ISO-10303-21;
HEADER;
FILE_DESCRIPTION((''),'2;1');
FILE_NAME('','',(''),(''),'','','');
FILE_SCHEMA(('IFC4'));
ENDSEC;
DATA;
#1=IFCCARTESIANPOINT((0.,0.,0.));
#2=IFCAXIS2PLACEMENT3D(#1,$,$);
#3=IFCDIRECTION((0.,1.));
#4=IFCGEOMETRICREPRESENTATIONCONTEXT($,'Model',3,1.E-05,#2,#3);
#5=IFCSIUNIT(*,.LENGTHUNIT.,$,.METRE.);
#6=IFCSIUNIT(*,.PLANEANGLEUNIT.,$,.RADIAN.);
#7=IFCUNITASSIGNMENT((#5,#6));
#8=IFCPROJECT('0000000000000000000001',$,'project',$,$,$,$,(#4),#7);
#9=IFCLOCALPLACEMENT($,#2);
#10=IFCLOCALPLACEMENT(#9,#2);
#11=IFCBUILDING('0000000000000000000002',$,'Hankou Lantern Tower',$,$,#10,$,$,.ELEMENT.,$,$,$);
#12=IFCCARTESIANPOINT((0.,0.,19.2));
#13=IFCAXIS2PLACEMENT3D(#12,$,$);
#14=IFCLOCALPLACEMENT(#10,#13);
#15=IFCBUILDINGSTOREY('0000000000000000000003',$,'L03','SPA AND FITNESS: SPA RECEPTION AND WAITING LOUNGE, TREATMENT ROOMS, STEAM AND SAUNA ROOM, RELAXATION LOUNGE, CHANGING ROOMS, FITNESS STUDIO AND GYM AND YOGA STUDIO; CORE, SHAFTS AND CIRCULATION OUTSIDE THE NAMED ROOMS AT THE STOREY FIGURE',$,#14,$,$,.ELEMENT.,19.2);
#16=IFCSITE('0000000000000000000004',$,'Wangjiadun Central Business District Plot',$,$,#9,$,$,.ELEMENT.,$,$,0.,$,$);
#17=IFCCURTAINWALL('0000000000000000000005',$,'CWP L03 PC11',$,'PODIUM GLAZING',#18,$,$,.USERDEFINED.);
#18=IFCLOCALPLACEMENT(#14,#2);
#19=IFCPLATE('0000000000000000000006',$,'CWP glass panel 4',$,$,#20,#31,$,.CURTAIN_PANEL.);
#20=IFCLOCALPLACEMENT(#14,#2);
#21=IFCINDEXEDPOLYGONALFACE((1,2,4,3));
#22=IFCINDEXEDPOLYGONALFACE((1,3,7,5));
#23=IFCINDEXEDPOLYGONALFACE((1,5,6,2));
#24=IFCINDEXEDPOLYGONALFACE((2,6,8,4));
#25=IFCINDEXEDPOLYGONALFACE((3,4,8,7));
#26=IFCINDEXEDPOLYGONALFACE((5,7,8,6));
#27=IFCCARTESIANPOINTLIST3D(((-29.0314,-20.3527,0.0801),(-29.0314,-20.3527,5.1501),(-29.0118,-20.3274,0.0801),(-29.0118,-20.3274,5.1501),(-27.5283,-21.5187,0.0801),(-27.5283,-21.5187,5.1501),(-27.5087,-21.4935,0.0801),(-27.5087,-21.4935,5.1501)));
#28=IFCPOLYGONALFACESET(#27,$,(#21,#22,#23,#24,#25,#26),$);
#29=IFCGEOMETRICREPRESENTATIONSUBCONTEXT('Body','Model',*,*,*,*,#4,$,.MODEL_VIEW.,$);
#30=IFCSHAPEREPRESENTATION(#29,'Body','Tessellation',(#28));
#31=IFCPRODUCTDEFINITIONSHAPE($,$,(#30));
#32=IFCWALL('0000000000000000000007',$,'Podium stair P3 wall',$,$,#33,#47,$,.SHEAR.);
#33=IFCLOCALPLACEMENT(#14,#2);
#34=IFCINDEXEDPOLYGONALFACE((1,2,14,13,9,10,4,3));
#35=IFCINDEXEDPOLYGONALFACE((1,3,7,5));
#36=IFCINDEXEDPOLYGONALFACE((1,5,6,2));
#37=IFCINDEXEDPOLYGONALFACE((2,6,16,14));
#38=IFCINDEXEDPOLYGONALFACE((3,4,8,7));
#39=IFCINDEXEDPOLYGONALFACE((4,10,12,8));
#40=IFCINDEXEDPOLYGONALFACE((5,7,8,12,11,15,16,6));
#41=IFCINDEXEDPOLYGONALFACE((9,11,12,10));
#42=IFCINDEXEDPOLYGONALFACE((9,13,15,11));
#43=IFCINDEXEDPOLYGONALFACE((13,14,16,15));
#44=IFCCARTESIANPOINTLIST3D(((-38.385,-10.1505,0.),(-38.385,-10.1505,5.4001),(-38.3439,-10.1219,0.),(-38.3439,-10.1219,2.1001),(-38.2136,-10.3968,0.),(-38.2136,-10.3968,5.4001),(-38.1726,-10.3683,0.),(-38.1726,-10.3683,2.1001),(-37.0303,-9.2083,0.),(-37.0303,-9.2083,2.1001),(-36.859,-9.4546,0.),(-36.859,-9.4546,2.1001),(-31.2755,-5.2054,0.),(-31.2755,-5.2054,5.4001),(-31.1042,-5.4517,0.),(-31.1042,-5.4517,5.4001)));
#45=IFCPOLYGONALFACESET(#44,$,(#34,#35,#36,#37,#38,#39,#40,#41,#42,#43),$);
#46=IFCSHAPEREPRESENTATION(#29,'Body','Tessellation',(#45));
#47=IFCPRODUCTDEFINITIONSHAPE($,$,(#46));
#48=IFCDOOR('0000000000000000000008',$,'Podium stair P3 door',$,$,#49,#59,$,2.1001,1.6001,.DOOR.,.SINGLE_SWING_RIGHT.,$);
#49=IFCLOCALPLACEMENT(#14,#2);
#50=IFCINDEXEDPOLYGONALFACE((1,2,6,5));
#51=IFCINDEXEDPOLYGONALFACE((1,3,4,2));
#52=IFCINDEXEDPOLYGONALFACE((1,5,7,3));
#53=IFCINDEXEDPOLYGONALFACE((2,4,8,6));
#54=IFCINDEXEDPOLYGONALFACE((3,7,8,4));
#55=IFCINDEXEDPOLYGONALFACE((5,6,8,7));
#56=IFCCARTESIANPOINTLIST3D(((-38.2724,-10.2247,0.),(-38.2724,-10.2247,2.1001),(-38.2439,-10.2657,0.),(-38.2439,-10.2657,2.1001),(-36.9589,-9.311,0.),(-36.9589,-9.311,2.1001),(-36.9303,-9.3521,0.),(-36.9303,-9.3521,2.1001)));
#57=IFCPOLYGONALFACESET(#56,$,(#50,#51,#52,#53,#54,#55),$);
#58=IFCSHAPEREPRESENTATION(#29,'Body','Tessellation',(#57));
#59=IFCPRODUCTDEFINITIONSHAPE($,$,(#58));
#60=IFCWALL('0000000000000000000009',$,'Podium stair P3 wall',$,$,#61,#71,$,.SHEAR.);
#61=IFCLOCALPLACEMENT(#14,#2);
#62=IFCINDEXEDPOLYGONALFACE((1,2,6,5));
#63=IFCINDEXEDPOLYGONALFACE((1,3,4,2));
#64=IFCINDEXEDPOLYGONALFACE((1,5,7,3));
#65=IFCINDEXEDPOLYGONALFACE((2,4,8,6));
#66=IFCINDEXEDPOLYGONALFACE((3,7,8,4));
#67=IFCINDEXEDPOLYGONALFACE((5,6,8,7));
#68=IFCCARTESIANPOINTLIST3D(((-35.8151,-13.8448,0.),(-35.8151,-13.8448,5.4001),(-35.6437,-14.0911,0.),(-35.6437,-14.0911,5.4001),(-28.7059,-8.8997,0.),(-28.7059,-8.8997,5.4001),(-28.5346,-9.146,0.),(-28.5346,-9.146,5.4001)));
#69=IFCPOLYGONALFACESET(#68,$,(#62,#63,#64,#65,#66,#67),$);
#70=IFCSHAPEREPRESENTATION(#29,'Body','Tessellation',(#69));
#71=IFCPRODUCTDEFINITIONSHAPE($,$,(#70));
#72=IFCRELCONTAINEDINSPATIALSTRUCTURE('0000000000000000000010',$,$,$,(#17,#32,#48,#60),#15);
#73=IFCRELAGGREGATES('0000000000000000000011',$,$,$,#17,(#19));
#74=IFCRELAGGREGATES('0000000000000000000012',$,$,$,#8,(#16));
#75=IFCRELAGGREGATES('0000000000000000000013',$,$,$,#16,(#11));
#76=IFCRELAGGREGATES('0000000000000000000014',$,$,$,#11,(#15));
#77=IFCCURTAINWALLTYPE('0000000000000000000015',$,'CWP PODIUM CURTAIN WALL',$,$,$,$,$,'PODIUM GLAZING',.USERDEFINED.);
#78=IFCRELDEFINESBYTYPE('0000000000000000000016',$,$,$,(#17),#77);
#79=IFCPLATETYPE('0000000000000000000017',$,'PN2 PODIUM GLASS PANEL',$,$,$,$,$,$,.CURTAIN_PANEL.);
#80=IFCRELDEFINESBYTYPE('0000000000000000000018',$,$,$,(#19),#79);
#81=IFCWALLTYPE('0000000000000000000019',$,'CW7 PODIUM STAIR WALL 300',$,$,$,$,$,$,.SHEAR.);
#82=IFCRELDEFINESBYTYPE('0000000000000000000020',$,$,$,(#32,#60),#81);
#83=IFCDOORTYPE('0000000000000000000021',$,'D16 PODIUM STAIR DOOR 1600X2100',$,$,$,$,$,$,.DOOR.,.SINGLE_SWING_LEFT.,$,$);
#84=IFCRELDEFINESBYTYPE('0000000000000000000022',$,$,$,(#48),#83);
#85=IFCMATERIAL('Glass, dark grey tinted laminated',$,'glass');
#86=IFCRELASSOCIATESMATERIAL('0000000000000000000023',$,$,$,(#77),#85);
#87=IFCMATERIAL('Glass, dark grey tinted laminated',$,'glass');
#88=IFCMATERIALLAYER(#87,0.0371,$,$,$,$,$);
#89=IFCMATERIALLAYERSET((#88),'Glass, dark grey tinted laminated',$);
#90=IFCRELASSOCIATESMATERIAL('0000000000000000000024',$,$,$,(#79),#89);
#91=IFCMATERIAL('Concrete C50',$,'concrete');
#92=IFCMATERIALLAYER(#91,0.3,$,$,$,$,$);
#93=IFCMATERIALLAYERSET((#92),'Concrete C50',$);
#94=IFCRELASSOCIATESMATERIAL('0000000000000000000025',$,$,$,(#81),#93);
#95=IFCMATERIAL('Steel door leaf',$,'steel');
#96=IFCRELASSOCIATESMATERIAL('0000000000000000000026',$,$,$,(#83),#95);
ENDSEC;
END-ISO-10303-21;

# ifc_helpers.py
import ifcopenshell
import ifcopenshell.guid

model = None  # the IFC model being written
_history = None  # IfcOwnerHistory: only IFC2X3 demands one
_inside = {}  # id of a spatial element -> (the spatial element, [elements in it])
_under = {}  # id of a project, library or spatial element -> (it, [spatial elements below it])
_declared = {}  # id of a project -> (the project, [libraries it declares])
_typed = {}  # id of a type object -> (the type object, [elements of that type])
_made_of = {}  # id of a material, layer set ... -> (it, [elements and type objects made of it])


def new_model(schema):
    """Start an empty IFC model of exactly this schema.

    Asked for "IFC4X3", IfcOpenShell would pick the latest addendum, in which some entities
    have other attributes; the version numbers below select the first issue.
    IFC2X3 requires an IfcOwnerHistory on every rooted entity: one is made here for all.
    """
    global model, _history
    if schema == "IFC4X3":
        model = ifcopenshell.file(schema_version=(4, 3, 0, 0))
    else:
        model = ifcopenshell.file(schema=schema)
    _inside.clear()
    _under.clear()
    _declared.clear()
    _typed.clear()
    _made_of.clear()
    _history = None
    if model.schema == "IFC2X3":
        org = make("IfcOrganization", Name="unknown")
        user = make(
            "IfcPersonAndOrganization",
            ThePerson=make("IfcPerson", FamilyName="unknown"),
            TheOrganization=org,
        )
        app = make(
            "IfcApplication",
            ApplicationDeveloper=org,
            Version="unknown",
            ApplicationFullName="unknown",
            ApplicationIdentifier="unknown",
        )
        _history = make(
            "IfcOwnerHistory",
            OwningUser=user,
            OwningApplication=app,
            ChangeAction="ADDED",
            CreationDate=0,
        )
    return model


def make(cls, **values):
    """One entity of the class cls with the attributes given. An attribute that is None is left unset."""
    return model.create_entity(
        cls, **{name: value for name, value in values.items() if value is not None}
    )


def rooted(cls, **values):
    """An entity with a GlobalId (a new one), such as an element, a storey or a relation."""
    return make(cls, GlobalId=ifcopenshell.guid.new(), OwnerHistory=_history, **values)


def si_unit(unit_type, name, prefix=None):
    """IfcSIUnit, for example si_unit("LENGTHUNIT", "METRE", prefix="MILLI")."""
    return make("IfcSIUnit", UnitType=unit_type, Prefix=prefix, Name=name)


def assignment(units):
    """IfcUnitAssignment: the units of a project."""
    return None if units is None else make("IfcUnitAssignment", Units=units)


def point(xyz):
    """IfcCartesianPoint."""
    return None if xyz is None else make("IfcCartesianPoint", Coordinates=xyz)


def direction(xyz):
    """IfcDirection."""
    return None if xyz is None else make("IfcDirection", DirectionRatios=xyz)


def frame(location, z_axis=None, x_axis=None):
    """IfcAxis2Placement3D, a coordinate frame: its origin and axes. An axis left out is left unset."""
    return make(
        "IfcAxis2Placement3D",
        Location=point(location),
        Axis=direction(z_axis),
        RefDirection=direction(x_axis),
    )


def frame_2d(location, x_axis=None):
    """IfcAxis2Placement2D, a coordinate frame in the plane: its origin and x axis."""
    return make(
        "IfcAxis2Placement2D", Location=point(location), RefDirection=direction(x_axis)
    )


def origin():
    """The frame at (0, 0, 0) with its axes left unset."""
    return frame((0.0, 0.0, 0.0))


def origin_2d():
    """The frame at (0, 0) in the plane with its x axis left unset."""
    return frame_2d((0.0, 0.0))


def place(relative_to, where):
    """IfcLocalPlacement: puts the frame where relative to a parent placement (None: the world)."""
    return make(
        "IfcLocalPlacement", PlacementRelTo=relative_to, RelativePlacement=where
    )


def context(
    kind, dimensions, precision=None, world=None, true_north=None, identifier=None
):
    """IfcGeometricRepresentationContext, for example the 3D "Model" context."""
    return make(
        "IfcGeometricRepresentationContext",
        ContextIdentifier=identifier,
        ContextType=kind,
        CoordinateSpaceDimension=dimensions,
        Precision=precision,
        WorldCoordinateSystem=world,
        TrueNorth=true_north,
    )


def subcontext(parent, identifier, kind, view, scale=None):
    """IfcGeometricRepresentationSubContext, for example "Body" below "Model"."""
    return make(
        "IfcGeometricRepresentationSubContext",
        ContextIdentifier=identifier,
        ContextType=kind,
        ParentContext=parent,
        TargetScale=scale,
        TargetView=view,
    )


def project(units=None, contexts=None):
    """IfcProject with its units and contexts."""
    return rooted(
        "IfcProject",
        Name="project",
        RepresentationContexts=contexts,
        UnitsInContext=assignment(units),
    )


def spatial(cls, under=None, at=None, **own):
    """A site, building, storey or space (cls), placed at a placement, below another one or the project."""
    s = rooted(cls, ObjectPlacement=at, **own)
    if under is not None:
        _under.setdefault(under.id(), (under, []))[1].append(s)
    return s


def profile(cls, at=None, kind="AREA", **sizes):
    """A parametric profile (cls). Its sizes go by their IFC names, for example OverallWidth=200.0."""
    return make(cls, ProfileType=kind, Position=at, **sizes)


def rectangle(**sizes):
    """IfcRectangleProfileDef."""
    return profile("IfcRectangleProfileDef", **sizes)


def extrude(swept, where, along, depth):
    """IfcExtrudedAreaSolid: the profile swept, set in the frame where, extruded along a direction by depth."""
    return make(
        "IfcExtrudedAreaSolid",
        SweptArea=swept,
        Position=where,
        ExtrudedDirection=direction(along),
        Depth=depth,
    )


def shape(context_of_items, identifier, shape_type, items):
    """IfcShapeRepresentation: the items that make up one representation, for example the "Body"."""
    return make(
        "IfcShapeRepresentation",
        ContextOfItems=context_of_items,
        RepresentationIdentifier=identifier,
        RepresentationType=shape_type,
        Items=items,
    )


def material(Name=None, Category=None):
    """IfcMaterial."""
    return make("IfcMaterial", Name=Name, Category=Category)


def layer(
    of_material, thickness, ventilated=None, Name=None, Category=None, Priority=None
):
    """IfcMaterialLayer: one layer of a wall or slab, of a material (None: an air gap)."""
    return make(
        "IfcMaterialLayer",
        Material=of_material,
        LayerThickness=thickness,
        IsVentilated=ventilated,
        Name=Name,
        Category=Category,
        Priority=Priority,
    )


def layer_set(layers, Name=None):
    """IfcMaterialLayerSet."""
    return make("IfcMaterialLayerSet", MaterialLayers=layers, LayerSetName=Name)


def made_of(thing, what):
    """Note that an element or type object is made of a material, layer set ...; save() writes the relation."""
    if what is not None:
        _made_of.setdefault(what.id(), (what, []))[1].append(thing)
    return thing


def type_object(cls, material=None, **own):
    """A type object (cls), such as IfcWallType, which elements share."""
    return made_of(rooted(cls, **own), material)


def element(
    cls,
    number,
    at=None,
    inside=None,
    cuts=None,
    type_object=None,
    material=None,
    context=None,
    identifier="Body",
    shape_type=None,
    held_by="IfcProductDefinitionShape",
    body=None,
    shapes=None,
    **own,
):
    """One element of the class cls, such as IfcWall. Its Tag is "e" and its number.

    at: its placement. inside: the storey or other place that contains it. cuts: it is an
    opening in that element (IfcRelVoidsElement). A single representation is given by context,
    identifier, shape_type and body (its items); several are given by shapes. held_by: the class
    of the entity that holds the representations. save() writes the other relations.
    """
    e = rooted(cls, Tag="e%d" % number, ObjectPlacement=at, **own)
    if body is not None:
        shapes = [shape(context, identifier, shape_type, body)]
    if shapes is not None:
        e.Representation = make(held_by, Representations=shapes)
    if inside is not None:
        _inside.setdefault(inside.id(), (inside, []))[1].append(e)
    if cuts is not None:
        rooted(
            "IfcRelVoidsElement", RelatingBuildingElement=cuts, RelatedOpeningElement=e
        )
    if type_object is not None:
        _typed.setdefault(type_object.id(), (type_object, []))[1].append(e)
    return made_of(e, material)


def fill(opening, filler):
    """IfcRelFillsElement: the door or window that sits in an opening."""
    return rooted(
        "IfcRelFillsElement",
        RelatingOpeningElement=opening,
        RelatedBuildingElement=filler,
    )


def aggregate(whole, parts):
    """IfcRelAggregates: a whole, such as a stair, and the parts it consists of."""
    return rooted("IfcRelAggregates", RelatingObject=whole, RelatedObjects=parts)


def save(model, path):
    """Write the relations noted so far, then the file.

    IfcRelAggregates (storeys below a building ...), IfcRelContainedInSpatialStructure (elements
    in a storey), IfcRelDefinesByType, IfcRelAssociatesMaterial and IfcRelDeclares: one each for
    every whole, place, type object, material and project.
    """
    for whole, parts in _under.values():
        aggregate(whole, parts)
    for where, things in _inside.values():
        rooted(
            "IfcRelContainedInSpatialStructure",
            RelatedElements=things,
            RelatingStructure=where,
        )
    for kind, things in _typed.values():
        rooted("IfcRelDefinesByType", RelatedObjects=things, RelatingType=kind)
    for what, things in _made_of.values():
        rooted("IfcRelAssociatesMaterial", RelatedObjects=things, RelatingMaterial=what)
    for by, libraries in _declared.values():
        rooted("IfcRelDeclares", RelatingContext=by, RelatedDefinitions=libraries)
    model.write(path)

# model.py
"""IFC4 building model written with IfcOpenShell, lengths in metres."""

from ifc_helpers import new_model, si_unit, direction, frame, frame_2d, origin, origin_2d, place, context, subcontext, project, spatial, rectangle, extrude, material, layer, layer_set, type_object, element, fill, aggregate, save


model = new_model("IFC4")

# Units and contexts
model_context = context("Model", 3, precision=1e-05, world=origin(), true_north=direction((0.0, 1.0)))
body_context = subcontext(model_context, "Body", "Model", "MODEL_VIEW")
ifc_project = project(units=[si_unit("LENGTHUNIT", "METRE"), si_unit("PLANEANGLEUNIT", "RADIAN")], contexts=[model_context])

# Site, building, storey
site_placement = place(None, origin())
site = spatial("IfcSite", under=ifc_project, at=site_placement, Name="Wangjiadun Central Business District Plot", CompositionType="ELEMENT", RefElevation=0.0)
building_placement = place(site_placement, origin())
building = spatial("IfcBuilding", under=site, at=building_placement, Name="Hankou Lantern Tower", CompositionType="ELEMENT")
storey_placement = place(building_placement, frame((0.0, 0.0, 19.2)))
storey = spatial("IfcBuildingStorey", under=building, at=storey_placement, Name="L03", Description="SPA AND FITNESS: SPA RECEPTION AND WAITING LOUNGE, TREATMENT ROOMS, STEAM AND SAUNA ROOM, RELAXATION LOUNGE, CHANGING ROOMS, FITNESS STUDIO AND GYM AND YOGA STUDIO; CORE, SHAFTS AND CIRCULATION OUTSIDE THE NAMED ROOMS AT THE STOREY FIGURE", CompositionType="ELEMENT", Elevation=19.2)

# Curtain wall
ifc_material_1 = material(Name="Glass, dark grey tinted laminated", Category="glass")
curtain_wall_type = type_object("IfcCurtainWallType", Name="CWP PODIUM CURTAIN WALL", ElementType="PODIUM GLAZING", PredefinedType="USERDEFINED", material=ifc_material_1)
curtain_wall_placement = place(storey_placement, origin())
curtain_wall = element("IfcCurtainWall", 1, at=curtain_wall_placement, inside=storey, type_object=curtain_wall_type, Name="CWP L03 PC11", ObjectType="PODIUM GLAZING", PredefinedType="USERDEFINED")

# Plate
ifc_material_2 = material(Name="Glass, dark grey tinted laminated", Category="glass")
ifc_layer_1 = layer(ifc_material_2, 0.0371)
ifc_layer_set_1 = layer_set([ifc_layer_1], Name="Glass, dark grey tinted laminated")
plate_type = type_object("IfcPlateType", Name="PN2 PODIUM GLASS PANEL", PredefinedType="CURTAIN_PANEL", material=ifc_layer_set_1)
plate_1_placement = place(storey_placement, frame((-28.27, -20.9231, 0.0801), z_axis=(0.0, 0.0, 1.0), x_axis=(0.79013, -0.61294, 0.0)))
plate_1 = element("IfcPlate", 2, at=plate_1_placement, type_object=plate_type, Name="CWP glass panel 4", PredefinedType="CURTAIN_PANEL", context=body_context, shape_type="SweptSolid", body=[
    extrude(rectangle(XDim=1.9023, YDim=0.032, at=origin_2d()), origin(), (0.0, 0.0, 1.0), 5.0701),
])
aggregate(curtain_wall, [plate_1])

# Wall, opening, door
ifc_material_3 = material(Name="Concrete C50", Category="concrete")
ifc_layer_2 = layer(ifc_material_3, 0.3)
ifc_layer_set_2 = layer_set([ifc_layer_2], Name="Concrete C50")
wall_type = type_object("IfcWallType", Name="CW7 PODIUM STAIR WALL 300", PredefinedType="SHEAR", material=ifc_layer_set_2)
wall_1_placement = place(storey_placement, frame((-38.2993, -10.2737, 0.0), z_axis=(0.0, 0.0, 1.0), x_axis=(0.820937, 0.571019, 0.0)))
wall_1 = element("IfcWall", 3, at=wall_1_placement, inside=storey, type_object=wall_type, Name="Podium stair P3 wall", PredefinedType="SHEAR", context=body_context, shape_type="SweptSolid", body=[
    extrude(rectangle(XDim=8.6602, YDim=0.3, at=frame_2d((4.3301, 0.0))), origin(), (0.0, 0.0, 1.0), 5.4001),
])
opening_placement = place(wall_1_placement, frame((0.05, 0.0, 0.0)))
opening = element("IfcOpeningElement", 4, at=opening_placement, cuts=wall_1, PredefinedType="OPENING", context=body_context, shape_type="SweptSolid", body=[
    extrude(rectangle(XDim=1.6001, YDim=2.1001, at=frame_2d((0.8, 1.05))), frame((0.0, 0.1599, 0.0), z_axis=(0.0, -1.0, 0.0), x_axis=(1.0, 0.0, 0.0)), (0.0, 0.0, 1.0), 0.3201),
])
ifc_material_4 = material(Name="Steel door leaf", Category="steel")
door_type = type_object("IfcDoorType", Name="D16 PODIUM STAIR DOOR 1600X2100", OperationType="SINGLE_SWING_LEFT", PredefinedType="DOOR", material=ifc_material_4)
door_placement = place(opening_placement, origin())
door = element("IfcDoor", 5, at=door_placement, inside=storey, type_object=door_type, Name="Podium stair P3 door", OperationType="SINGLE_SWING_RIGHT", OverallHeight=2.1001, OverallWidth=1.6001, PredefinedType="DOOR", context=body_context, shape_type="SweptSolid", body=[
    extrude(rectangle(XDim=1.6001, YDim=2.1001, at=frame_2d((0.8, 1.05))), frame((0.0, 0.0249, 0.0), z_axis=(0.0, -1.0, 0.0), x_axis=(1.0, 0.0, 0.0)), (0.0, 0.0, 1.0), 0.05),
])
fill(opening, door)

# Wall
wall_2_placement = place(storey_placement, frame((-35.7295, -13.968, 0.0), z_axis=(0.0, 0.0, 1.0), x_axis=(0.820928, 0.571032, 0.0)))
element("IfcWall", 6, at=wall_2_placement, inside=storey, type_object=wall_type, Name="Podium stair P3 wall", PredefinedType="SHEAR", context=body_context, shape_type="SweptSolid", body=[
    extrude(rectangle(XDim=8.6599, YDim=0.3, at=frame_2d((4.3301, 0.0))), origin(), (0.0, 0.0, 1.0), 5.4001),
])

save(model, "model.ifc")
